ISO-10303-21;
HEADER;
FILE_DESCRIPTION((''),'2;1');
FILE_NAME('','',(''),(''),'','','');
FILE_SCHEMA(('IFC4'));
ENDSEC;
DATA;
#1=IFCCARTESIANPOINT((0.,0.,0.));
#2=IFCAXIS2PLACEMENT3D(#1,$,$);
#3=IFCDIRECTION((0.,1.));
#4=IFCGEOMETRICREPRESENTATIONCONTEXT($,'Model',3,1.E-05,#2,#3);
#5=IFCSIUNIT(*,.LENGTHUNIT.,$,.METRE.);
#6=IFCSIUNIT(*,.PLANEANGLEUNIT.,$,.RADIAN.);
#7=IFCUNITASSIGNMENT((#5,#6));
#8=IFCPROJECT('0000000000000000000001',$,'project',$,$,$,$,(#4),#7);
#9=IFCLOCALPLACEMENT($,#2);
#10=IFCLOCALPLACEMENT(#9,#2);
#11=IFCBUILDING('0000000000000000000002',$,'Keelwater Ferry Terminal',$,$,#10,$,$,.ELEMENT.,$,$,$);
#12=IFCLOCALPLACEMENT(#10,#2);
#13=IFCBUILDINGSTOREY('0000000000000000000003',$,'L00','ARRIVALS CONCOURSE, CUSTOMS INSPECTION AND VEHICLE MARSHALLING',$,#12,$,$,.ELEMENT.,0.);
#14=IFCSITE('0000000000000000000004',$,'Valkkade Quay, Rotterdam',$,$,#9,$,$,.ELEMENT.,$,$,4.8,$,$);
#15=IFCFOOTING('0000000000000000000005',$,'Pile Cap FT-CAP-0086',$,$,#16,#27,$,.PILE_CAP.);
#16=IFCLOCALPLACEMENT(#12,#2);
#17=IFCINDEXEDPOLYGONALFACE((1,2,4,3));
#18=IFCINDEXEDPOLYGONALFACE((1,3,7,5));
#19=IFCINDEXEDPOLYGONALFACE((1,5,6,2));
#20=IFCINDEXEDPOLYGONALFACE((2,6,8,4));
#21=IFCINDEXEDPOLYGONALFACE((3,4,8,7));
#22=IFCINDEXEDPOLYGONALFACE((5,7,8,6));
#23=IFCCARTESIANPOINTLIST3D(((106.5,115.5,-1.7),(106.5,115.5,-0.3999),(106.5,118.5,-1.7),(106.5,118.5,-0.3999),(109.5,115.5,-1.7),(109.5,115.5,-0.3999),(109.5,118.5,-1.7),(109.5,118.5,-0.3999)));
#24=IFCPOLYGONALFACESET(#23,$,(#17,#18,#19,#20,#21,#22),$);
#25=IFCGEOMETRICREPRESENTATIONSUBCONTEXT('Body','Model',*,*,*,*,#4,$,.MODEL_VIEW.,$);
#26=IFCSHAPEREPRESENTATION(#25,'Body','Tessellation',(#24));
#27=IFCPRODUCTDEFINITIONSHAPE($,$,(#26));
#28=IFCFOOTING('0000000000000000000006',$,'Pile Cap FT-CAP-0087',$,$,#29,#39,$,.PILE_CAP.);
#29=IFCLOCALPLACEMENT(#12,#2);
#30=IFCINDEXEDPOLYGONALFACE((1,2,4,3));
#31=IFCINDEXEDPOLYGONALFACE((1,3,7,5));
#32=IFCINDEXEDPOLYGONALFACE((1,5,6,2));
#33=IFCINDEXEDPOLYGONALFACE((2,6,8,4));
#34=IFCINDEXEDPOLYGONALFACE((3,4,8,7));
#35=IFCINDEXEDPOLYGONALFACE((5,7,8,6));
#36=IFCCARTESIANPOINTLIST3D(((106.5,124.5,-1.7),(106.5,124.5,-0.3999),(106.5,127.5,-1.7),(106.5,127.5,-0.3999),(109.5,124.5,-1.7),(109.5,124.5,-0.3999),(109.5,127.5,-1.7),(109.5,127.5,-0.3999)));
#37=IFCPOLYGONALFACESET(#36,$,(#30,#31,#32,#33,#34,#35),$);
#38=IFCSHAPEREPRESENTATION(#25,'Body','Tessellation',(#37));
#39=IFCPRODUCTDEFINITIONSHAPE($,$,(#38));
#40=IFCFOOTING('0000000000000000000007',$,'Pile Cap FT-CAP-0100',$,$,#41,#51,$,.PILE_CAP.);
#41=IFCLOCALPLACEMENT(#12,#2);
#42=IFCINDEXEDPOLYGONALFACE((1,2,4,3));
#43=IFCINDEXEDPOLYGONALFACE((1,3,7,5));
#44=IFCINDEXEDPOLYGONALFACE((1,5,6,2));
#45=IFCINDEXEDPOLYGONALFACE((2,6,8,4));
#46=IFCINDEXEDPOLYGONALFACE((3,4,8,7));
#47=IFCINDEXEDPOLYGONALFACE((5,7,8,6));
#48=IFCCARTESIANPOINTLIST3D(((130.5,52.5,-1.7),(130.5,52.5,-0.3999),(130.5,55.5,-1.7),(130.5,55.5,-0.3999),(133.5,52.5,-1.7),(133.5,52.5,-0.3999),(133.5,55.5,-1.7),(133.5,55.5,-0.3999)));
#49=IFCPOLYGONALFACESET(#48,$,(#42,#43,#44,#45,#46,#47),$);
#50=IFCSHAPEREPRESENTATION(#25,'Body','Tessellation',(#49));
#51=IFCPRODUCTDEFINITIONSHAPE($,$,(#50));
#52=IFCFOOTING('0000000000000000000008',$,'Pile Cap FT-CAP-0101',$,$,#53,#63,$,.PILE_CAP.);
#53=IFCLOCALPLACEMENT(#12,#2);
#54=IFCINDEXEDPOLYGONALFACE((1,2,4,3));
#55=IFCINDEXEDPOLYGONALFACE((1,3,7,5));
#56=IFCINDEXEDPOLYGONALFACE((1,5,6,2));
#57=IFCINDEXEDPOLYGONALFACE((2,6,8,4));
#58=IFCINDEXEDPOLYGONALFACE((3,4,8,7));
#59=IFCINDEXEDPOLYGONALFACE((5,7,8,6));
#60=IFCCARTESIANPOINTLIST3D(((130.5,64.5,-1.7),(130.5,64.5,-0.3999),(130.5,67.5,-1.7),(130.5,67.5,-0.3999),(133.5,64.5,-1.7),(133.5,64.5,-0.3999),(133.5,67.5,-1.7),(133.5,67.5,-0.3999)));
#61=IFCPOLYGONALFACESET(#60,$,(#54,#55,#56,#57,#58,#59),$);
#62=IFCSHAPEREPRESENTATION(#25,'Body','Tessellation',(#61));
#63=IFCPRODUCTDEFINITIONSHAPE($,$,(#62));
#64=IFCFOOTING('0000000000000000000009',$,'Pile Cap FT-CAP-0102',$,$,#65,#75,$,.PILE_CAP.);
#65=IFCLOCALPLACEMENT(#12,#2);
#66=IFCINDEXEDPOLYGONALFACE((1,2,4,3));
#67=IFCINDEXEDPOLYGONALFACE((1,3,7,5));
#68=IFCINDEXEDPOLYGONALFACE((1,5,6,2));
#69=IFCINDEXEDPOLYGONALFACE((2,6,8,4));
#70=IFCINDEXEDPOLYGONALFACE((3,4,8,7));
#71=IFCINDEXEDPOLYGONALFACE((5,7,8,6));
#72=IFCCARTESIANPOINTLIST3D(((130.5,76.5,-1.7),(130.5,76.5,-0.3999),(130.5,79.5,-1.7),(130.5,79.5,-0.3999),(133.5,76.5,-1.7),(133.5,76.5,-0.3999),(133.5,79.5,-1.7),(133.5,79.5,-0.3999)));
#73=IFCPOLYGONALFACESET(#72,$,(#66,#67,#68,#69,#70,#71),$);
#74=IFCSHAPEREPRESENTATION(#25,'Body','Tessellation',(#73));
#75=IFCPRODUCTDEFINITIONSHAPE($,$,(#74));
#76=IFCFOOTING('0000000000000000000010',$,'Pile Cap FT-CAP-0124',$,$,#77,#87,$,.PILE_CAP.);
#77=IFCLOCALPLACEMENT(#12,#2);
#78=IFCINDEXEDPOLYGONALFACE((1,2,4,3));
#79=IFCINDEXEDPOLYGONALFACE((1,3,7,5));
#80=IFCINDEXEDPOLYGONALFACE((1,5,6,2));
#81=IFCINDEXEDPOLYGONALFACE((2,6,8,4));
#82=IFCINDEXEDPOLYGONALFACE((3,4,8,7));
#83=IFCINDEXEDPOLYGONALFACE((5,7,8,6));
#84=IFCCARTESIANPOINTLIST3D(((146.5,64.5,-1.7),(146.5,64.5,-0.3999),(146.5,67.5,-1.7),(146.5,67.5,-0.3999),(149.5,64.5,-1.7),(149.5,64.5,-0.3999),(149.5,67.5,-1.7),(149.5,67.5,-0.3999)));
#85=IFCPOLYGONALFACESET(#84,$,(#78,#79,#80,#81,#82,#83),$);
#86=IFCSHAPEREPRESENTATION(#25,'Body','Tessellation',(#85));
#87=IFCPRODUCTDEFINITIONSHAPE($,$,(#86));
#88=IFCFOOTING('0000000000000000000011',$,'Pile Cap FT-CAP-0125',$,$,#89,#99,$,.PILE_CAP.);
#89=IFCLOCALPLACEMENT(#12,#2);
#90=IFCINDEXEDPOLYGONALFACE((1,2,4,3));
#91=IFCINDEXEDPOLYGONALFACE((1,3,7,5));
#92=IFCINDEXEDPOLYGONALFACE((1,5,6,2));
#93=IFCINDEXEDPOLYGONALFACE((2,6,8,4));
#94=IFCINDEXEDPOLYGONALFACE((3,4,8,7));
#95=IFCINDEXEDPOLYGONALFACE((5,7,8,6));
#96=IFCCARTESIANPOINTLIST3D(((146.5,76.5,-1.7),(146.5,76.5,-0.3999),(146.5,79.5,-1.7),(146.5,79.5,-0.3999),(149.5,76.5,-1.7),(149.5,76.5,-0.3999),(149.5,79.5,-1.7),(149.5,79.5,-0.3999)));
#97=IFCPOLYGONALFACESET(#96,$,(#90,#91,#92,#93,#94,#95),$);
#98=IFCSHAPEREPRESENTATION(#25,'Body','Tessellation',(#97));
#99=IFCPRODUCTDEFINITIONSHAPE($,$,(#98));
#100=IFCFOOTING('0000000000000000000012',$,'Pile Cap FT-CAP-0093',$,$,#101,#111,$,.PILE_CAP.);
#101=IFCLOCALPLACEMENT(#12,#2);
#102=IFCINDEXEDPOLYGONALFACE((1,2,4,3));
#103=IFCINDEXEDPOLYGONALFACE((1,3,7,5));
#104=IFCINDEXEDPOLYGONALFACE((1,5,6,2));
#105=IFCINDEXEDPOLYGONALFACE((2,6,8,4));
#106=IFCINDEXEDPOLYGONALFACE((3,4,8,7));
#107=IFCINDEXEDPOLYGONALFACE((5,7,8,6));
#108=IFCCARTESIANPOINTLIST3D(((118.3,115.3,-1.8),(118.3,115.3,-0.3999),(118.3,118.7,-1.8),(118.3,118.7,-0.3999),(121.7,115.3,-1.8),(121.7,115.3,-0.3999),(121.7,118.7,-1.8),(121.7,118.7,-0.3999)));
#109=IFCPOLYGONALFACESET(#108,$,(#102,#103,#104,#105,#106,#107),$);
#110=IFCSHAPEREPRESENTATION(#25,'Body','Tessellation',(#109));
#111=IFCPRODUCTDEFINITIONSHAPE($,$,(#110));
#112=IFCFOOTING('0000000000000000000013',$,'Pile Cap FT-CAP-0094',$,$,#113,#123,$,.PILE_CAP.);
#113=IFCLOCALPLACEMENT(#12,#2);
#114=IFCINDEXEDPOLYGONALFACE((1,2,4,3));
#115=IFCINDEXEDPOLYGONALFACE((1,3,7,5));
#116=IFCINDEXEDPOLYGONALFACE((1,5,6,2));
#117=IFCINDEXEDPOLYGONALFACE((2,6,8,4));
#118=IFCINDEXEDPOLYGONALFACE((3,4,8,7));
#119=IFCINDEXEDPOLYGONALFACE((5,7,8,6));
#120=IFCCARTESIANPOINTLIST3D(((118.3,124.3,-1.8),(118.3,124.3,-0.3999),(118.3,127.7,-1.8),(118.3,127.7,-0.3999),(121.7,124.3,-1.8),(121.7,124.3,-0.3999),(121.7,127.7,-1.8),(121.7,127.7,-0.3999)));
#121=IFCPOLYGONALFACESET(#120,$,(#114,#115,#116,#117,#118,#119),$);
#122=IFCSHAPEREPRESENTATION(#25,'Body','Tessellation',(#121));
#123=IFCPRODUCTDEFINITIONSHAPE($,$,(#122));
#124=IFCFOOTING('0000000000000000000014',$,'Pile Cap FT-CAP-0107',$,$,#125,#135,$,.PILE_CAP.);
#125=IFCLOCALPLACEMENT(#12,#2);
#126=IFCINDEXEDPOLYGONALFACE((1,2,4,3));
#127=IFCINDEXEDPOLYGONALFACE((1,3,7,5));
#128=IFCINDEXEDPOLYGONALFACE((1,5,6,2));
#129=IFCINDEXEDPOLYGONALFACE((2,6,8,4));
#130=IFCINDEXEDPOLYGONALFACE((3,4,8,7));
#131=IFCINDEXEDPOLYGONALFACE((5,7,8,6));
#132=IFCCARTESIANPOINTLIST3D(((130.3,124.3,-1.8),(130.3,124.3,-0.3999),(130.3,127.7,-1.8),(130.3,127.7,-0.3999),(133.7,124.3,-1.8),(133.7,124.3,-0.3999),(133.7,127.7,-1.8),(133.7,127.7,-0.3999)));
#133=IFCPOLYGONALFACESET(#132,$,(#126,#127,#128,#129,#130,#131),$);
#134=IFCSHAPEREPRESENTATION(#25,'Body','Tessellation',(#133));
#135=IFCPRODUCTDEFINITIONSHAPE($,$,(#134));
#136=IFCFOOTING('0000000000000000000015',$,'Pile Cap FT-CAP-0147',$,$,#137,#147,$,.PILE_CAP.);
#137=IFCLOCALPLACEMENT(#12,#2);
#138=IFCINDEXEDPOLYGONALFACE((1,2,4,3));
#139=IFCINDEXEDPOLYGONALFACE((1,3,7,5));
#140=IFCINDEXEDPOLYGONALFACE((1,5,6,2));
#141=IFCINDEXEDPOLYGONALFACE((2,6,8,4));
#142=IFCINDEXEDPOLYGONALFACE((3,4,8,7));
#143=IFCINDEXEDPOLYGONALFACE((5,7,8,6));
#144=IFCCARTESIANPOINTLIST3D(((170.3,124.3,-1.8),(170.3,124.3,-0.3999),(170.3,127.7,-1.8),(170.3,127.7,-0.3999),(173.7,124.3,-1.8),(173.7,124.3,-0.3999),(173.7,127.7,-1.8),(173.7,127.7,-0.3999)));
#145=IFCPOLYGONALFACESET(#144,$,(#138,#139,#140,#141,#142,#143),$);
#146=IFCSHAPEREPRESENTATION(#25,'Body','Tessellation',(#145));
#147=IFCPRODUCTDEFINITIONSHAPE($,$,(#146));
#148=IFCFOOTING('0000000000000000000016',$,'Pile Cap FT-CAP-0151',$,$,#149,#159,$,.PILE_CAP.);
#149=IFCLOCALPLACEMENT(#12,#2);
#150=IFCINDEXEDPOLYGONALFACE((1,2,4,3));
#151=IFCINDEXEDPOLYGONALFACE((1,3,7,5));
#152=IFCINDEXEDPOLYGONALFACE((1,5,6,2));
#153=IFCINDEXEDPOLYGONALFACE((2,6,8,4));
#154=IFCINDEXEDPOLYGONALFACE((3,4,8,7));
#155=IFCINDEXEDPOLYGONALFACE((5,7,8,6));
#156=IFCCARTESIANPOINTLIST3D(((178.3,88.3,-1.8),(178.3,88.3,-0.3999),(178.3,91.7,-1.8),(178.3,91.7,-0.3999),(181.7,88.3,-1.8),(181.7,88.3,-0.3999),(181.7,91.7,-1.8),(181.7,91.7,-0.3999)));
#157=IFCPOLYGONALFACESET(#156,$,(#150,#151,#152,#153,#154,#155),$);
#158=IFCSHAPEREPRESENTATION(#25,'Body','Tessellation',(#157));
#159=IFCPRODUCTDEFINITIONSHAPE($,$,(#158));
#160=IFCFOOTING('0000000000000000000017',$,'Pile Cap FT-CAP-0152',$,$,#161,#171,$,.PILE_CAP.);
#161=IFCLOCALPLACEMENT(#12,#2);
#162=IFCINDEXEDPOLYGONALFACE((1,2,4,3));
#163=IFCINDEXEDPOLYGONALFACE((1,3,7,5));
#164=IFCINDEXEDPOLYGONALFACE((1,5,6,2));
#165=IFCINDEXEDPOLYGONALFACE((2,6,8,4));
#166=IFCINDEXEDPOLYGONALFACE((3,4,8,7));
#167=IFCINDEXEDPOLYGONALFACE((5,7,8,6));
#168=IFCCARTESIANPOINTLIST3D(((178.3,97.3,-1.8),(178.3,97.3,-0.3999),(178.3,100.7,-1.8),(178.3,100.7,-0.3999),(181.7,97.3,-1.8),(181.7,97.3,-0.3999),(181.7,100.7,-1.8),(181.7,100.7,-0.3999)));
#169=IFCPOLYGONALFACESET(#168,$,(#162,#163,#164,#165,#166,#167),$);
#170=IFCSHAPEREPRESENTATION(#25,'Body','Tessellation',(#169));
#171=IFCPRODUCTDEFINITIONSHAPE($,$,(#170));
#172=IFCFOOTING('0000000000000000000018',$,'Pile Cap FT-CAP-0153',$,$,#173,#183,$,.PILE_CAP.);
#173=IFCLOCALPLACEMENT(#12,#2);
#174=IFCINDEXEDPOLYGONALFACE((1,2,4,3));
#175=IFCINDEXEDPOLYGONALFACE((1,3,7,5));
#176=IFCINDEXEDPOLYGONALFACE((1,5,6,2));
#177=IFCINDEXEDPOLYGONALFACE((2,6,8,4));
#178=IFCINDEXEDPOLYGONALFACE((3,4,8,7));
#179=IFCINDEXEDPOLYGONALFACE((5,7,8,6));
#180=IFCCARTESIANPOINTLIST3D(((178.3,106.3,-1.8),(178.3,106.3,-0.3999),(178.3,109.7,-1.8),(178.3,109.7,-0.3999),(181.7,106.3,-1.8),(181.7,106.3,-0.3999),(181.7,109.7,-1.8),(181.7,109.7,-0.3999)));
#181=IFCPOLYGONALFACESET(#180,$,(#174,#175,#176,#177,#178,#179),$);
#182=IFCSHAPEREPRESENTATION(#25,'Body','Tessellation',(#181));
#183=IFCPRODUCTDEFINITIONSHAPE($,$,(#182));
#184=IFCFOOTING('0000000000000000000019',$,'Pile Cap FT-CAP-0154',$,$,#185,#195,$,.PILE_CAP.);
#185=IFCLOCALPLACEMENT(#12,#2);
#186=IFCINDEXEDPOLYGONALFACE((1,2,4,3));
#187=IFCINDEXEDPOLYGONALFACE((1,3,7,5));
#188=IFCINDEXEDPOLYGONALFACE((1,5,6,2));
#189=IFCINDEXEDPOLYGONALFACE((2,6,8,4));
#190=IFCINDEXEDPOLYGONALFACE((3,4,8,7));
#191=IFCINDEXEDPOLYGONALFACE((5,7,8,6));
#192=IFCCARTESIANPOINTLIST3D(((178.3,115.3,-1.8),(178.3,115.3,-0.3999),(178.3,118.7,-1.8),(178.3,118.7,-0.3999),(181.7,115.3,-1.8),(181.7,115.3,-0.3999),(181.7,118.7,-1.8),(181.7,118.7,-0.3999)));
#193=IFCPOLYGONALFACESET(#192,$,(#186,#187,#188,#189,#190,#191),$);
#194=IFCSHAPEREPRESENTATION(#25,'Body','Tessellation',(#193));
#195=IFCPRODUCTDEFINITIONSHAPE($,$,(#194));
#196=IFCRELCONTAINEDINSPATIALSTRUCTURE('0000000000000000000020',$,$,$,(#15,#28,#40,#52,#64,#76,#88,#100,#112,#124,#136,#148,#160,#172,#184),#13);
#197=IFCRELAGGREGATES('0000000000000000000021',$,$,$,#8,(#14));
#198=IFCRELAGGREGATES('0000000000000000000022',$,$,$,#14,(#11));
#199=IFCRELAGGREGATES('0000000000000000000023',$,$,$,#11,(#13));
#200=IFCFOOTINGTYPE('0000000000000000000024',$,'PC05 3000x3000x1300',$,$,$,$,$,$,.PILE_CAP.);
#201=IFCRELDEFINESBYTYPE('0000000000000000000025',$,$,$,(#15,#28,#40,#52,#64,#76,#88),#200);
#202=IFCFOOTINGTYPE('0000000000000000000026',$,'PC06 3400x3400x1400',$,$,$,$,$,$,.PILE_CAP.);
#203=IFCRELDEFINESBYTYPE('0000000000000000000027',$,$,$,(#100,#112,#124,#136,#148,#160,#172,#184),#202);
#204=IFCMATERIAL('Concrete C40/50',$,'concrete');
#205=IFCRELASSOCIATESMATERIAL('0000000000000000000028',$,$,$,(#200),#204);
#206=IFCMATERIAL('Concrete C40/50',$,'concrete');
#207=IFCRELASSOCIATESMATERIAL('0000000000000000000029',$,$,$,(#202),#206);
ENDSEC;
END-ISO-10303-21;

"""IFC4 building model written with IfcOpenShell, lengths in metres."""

from ifc_helpers import new_model, si_unit, direction, frame, origin, place, context, subcontext, project, spatial, polyline, outline, extrude, material, type_object, element, save


model = new_model("IFC4")

# Units and contexts
model_context = context("Model", 3, precision=1e-05, world=origin(), true_north=direction((0.0, 1.0)))
body_context = subcontext(model_context, "Body", "Model", "MODEL_VIEW")
ifc_project = project(units=[si_unit("LENGTHUNIT", "METRE"), si_unit("PLANEANGLEUNIT", "RADIAN")], contexts=[model_context])

# Site, building, storey
site_placement = place(None, origin())
site = spatial("IfcSite", under=ifc_project, at=site_placement, Name="Valkkade Quay, Rotterdam", CompositionType="ELEMENT", RefElevation=4.8)
building_placement = place(site_placement, origin())
building = spatial("IfcBuilding", under=site, at=building_placement, Name="Keelwater Ferry Terminal", CompositionType="ELEMENT")
storey_placement = place(building_placement, origin())
storey = spatial("IfcBuildingStorey", under=building, at=storey_placement, Name="L00", Description="ARRIVALS CONCOURSE, CUSTOMS INSPECTION AND VEHICLE MARSHALLING", CompositionType="ELEMENT", Elevation=0.0)

# Footings
ifc_material_1 = material(Name="Concrete C40/50", Category="concrete")
footing_type_1 = type_object("IfcFootingType", Name="PC05 3000x3000x1300", PredefinedType="PILE_CAP", material=ifc_material_1)
footing_1_placement = place(storey_placement, frame((0.0, 0.0, -1.7)))
element("IfcFooting", 1, at=footing_1_placement, inside=storey, type_object=footing_type_1, Name="Pile Cap FT-CAP-0086", PredefinedType="PILE_CAP", context=body_context, shape_type="SweptSolid", body=[
    extrude(outline(polyline([(106.5, 115.5), (109.5, 115.5), (109.5, 118.5), (106.5, 118.5), (106.5, 115.5)])), origin(), (0.0, 0.0, 1.0), 1.3),
])
footing_2_placement = place(storey_placement, frame((0.0, 0.0, -1.7)))
element("IfcFooting", 2, at=footing_2_placement, inside=storey, type_object=footing_type_1, Name="Pile Cap FT-CAP-0087", PredefinedType="PILE_CAP", context=body_context, shape_type="SweptSolid", body=[
    extrude(outline(polyline([(106.5, 124.5), (109.5, 124.5), (109.5, 127.5), (106.5, 127.5), (106.5, 124.5)])), origin(), (0.0, 0.0, 1.0), 1.3),
])
footing_3_placement = place(storey_placement, frame((0.0, 0.0, -1.7)))
element("IfcFooting", 3, at=footing_3_placement, inside=storey, type_object=footing_type_1, Name="Pile Cap FT-CAP-0100", PredefinedType="PILE_CAP", context=body_context, shape_type="SweptSolid", body=[
    extrude(outline(polyline([(130.5, 52.5), (133.5, 52.5), (133.5, 55.5), (130.5, 55.5), (130.5, 52.5)])), origin(), (0.0, 0.0, 1.0), 1.3),
])
footing_4_placement = place(storey_placement, frame((0.0, 0.0, -1.7)))
element("IfcFooting", 4, at=footing_4_placement, inside=storey, type_object=footing_type_1, Name="Pile Cap FT-CAP-0101", PredefinedType="PILE_CAP", context=body_context, shape_type="SweptSolid", body=[
    extrude(outline(polyline([(130.5, 64.5), (133.5, 64.5), (133.5, 67.5), (130.5, 67.5), (130.5, 64.5)])), origin(), (0.0, 0.0, 1.0), 1.3),
])
footing_5_placement = place(storey_placement, frame((0.0, 0.0, -1.7)))
element("IfcFooting", 5, at=footing_5_placement, inside=storey, type_object=footing_type_1, Name="Pile Cap FT-CAP-0102", PredefinedType="PILE_CAP", context=body_context, shape_type="SweptSolid", body=[
    extrude(outline(polyline([(130.5, 76.5), (133.5, 76.5), (133.5, 79.5), (130.5, 79.5), (130.5, 76.5)])), origin(), (0.0, 0.0, 1.0), 1.3),
])
footing_6_placement = place(storey_placement, frame((0.0, 0.0, -1.7)))
element("IfcFooting", 6, at=footing_6_placement, inside=storey, type_object=footing_type_1, Name="Pile Cap FT-CAP-0124", PredefinedType="PILE_CAP", context=body_context, shape_type="SweptSolid", body=[
    extrude(outline(polyline([(146.5, 64.5), (149.5, 64.5), (149.5, 67.5), (146.5, 67.5), (146.5, 64.5)])), origin(), (0.0, 0.0, 1.0), 1.3),
])
footing_7_placement = place(storey_placement, frame((0.0, 0.0, -1.7)))
element("IfcFooting", 7, at=footing_7_placement, inside=storey, type_object=footing_type_1, Name="Pile Cap FT-CAP-0125", PredefinedType="PILE_CAP", context=body_context, shape_type="SweptSolid", body=[
    extrude(outline(polyline([(146.5, 76.5), (149.5, 76.5), (149.5, 79.5), (146.5, 79.5), (146.5, 76.5)])), origin(), (0.0, 0.0, 1.0), 1.3),
])
ifc_material_2 = material(Name="Concrete C40/50", Category="concrete")
footing_type_2 = type_object("IfcFootingType", Name="PC06 3400x3400x1400", PredefinedType="PILE_CAP", material=ifc_material_2)
footing_8_placement = place(storey_placement, frame((0.0, 0.0, -1.8)))
element("IfcFooting", 8, at=footing_8_placement, inside=storey, type_object=footing_type_2, Name="Pile Cap FT-CAP-0093", PredefinedType="PILE_CAP", context=body_context, shape_type="SweptSolid", body=[
    extrude(outline(polyline([(118.3, 115.3), (121.7, 115.3), (121.7, 118.7), (118.3, 118.7), (118.3, 115.3)])), origin(), (0.0, 0.0, 1.0), 1.4001),
])
footing_9_placement = place(storey_placement, frame((0.0, 0.0, -1.8)))
element("IfcFooting", 9, at=footing_9_placement, inside=storey, type_object=footing_type_2, Name="Pile Cap FT-CAP-0094", PredefinedType="PILE_CAP", context=body_context, shape_type="SweptSolid", body=[
    extrude(outline(polyline([(118.3, 124.3), (121.7, 124.3), (121.7, 127.7), (118.3, 127.7), (118.3, 124.3)])), origin(), (0.0, 0.0, 1.0), 1.4001),
])
footing_10_placement = place(storey_placement, frame((0.0, 0.0, -1.8)))
element("IfcFooting", 10, at=footing_10_placement, inside=storey, type_object=footing_type_2, Name="Pile Cap FT-CAP-0107", PredefinedType="PILE_CAP", context=body_context, shape_type="SweptSolid", body=[
    extrude(outline(polyline([(130.3, 124.3), (133.7, 124.3), (133.7, 127.7), (130.3, 127.7), (130.3, 124.3)])), origin(), (0.0, 0.0, 1.0), 1.4001),
])
footing_11_placement = place(storey_placement, frame((0.0, 0.0, -1.8)))
element("IfcFooting", 11, at=footing_11_placement, inside=storey, type_object=footing_type_2, Name="Pile Cap FT-CAP-0147", PredefinedType="PILE_CAP", context=body_context, shape_type="SweptSolid", body=[
    extrude(outline(polyline([(170.3, 124.3), (173.7, 124.3), (173.7, 127.7), (170.3, 127.7), (170.3, 124.3)])), origin(), (0.0, 0.0, 1.0), 1.4001),
])
footing_12_placement = place(storey_placement, frame((0.0, 0.0, -1.8)))
element("IfcFooting", 12, at=footing_12_placement, inside=storey, type_object=footing_type_2, Name="Pile Cap FT-CAP-0151", PredefinedType="PILE_CAP", context=body_context, shape_type="SweptSolid", body=[
    extrude(outline(polyline([(178.3, 88.3), (181.7, 88.3), (181.7, 91.7), (178.3, 91.7), (178.3, 88.3)])), origin(), (0.0, 0.0, 1.0), 1.4001),
])
footing_13_placement = place(storey_placement, frame((0.0, 0.0, -1.8)))
element("IfcFooting", 13, at=footing_13_placement, inside=storey, type_object=footing_type_2, Name="Pile Cap FT-CAP-0152", PredefinedType="PILE_CAP", context=body_context, shape_type="SweptSolid", body=[
    extrude(outline(polyline([(178.3, 97.3), (181.7, 97.3), (181.7, 100.7), (178.3, 100.7), (178.3, 97.3)])), origin(), (0.0, 0.0, 1.0), 1.4001),
])
footing_14_placement = place(storey_placement, frame((0.0, 0.0, -1.8)))
element("IfcFooting", 14, at=footing_14_placement, inside=storey, type_object=footing_type_2, Name="Pile Cap FT-CAP-0153", PredefinedType="PILE_CAP", context=body_context, shape_type="SweptSolid", body=[
    extrude(outline(polyline([(178.3, 106.3), (181.7, 106.3), (181.7, 109.7), (178.3, 109.7), (178.3, 106.3)])), origin(), (0.0, 0.0, 1.0), 1.4001),
])
footing_15_placement = place(storey_placement, frame((0.0, 0.0, -1.8)))
element("IfcFooting", 15, at=footing_15_placement, inside=storey, type_object=footing_type_2, Name="Pile Cap FT-CAP-0154", PredefinedType="PILE_CAP", context=body_context, shape_type="SweptSolid", body=[
    extrude(outline(polyline([(178.3, 115.3), (181.7, 115.3), (181.7, 118.7), (178.3, 118.7), (178.3, 115.3)])), origin(), (0.0, 0.0, 1.0), 1.4001),
])

save(model, "model.ifc")
